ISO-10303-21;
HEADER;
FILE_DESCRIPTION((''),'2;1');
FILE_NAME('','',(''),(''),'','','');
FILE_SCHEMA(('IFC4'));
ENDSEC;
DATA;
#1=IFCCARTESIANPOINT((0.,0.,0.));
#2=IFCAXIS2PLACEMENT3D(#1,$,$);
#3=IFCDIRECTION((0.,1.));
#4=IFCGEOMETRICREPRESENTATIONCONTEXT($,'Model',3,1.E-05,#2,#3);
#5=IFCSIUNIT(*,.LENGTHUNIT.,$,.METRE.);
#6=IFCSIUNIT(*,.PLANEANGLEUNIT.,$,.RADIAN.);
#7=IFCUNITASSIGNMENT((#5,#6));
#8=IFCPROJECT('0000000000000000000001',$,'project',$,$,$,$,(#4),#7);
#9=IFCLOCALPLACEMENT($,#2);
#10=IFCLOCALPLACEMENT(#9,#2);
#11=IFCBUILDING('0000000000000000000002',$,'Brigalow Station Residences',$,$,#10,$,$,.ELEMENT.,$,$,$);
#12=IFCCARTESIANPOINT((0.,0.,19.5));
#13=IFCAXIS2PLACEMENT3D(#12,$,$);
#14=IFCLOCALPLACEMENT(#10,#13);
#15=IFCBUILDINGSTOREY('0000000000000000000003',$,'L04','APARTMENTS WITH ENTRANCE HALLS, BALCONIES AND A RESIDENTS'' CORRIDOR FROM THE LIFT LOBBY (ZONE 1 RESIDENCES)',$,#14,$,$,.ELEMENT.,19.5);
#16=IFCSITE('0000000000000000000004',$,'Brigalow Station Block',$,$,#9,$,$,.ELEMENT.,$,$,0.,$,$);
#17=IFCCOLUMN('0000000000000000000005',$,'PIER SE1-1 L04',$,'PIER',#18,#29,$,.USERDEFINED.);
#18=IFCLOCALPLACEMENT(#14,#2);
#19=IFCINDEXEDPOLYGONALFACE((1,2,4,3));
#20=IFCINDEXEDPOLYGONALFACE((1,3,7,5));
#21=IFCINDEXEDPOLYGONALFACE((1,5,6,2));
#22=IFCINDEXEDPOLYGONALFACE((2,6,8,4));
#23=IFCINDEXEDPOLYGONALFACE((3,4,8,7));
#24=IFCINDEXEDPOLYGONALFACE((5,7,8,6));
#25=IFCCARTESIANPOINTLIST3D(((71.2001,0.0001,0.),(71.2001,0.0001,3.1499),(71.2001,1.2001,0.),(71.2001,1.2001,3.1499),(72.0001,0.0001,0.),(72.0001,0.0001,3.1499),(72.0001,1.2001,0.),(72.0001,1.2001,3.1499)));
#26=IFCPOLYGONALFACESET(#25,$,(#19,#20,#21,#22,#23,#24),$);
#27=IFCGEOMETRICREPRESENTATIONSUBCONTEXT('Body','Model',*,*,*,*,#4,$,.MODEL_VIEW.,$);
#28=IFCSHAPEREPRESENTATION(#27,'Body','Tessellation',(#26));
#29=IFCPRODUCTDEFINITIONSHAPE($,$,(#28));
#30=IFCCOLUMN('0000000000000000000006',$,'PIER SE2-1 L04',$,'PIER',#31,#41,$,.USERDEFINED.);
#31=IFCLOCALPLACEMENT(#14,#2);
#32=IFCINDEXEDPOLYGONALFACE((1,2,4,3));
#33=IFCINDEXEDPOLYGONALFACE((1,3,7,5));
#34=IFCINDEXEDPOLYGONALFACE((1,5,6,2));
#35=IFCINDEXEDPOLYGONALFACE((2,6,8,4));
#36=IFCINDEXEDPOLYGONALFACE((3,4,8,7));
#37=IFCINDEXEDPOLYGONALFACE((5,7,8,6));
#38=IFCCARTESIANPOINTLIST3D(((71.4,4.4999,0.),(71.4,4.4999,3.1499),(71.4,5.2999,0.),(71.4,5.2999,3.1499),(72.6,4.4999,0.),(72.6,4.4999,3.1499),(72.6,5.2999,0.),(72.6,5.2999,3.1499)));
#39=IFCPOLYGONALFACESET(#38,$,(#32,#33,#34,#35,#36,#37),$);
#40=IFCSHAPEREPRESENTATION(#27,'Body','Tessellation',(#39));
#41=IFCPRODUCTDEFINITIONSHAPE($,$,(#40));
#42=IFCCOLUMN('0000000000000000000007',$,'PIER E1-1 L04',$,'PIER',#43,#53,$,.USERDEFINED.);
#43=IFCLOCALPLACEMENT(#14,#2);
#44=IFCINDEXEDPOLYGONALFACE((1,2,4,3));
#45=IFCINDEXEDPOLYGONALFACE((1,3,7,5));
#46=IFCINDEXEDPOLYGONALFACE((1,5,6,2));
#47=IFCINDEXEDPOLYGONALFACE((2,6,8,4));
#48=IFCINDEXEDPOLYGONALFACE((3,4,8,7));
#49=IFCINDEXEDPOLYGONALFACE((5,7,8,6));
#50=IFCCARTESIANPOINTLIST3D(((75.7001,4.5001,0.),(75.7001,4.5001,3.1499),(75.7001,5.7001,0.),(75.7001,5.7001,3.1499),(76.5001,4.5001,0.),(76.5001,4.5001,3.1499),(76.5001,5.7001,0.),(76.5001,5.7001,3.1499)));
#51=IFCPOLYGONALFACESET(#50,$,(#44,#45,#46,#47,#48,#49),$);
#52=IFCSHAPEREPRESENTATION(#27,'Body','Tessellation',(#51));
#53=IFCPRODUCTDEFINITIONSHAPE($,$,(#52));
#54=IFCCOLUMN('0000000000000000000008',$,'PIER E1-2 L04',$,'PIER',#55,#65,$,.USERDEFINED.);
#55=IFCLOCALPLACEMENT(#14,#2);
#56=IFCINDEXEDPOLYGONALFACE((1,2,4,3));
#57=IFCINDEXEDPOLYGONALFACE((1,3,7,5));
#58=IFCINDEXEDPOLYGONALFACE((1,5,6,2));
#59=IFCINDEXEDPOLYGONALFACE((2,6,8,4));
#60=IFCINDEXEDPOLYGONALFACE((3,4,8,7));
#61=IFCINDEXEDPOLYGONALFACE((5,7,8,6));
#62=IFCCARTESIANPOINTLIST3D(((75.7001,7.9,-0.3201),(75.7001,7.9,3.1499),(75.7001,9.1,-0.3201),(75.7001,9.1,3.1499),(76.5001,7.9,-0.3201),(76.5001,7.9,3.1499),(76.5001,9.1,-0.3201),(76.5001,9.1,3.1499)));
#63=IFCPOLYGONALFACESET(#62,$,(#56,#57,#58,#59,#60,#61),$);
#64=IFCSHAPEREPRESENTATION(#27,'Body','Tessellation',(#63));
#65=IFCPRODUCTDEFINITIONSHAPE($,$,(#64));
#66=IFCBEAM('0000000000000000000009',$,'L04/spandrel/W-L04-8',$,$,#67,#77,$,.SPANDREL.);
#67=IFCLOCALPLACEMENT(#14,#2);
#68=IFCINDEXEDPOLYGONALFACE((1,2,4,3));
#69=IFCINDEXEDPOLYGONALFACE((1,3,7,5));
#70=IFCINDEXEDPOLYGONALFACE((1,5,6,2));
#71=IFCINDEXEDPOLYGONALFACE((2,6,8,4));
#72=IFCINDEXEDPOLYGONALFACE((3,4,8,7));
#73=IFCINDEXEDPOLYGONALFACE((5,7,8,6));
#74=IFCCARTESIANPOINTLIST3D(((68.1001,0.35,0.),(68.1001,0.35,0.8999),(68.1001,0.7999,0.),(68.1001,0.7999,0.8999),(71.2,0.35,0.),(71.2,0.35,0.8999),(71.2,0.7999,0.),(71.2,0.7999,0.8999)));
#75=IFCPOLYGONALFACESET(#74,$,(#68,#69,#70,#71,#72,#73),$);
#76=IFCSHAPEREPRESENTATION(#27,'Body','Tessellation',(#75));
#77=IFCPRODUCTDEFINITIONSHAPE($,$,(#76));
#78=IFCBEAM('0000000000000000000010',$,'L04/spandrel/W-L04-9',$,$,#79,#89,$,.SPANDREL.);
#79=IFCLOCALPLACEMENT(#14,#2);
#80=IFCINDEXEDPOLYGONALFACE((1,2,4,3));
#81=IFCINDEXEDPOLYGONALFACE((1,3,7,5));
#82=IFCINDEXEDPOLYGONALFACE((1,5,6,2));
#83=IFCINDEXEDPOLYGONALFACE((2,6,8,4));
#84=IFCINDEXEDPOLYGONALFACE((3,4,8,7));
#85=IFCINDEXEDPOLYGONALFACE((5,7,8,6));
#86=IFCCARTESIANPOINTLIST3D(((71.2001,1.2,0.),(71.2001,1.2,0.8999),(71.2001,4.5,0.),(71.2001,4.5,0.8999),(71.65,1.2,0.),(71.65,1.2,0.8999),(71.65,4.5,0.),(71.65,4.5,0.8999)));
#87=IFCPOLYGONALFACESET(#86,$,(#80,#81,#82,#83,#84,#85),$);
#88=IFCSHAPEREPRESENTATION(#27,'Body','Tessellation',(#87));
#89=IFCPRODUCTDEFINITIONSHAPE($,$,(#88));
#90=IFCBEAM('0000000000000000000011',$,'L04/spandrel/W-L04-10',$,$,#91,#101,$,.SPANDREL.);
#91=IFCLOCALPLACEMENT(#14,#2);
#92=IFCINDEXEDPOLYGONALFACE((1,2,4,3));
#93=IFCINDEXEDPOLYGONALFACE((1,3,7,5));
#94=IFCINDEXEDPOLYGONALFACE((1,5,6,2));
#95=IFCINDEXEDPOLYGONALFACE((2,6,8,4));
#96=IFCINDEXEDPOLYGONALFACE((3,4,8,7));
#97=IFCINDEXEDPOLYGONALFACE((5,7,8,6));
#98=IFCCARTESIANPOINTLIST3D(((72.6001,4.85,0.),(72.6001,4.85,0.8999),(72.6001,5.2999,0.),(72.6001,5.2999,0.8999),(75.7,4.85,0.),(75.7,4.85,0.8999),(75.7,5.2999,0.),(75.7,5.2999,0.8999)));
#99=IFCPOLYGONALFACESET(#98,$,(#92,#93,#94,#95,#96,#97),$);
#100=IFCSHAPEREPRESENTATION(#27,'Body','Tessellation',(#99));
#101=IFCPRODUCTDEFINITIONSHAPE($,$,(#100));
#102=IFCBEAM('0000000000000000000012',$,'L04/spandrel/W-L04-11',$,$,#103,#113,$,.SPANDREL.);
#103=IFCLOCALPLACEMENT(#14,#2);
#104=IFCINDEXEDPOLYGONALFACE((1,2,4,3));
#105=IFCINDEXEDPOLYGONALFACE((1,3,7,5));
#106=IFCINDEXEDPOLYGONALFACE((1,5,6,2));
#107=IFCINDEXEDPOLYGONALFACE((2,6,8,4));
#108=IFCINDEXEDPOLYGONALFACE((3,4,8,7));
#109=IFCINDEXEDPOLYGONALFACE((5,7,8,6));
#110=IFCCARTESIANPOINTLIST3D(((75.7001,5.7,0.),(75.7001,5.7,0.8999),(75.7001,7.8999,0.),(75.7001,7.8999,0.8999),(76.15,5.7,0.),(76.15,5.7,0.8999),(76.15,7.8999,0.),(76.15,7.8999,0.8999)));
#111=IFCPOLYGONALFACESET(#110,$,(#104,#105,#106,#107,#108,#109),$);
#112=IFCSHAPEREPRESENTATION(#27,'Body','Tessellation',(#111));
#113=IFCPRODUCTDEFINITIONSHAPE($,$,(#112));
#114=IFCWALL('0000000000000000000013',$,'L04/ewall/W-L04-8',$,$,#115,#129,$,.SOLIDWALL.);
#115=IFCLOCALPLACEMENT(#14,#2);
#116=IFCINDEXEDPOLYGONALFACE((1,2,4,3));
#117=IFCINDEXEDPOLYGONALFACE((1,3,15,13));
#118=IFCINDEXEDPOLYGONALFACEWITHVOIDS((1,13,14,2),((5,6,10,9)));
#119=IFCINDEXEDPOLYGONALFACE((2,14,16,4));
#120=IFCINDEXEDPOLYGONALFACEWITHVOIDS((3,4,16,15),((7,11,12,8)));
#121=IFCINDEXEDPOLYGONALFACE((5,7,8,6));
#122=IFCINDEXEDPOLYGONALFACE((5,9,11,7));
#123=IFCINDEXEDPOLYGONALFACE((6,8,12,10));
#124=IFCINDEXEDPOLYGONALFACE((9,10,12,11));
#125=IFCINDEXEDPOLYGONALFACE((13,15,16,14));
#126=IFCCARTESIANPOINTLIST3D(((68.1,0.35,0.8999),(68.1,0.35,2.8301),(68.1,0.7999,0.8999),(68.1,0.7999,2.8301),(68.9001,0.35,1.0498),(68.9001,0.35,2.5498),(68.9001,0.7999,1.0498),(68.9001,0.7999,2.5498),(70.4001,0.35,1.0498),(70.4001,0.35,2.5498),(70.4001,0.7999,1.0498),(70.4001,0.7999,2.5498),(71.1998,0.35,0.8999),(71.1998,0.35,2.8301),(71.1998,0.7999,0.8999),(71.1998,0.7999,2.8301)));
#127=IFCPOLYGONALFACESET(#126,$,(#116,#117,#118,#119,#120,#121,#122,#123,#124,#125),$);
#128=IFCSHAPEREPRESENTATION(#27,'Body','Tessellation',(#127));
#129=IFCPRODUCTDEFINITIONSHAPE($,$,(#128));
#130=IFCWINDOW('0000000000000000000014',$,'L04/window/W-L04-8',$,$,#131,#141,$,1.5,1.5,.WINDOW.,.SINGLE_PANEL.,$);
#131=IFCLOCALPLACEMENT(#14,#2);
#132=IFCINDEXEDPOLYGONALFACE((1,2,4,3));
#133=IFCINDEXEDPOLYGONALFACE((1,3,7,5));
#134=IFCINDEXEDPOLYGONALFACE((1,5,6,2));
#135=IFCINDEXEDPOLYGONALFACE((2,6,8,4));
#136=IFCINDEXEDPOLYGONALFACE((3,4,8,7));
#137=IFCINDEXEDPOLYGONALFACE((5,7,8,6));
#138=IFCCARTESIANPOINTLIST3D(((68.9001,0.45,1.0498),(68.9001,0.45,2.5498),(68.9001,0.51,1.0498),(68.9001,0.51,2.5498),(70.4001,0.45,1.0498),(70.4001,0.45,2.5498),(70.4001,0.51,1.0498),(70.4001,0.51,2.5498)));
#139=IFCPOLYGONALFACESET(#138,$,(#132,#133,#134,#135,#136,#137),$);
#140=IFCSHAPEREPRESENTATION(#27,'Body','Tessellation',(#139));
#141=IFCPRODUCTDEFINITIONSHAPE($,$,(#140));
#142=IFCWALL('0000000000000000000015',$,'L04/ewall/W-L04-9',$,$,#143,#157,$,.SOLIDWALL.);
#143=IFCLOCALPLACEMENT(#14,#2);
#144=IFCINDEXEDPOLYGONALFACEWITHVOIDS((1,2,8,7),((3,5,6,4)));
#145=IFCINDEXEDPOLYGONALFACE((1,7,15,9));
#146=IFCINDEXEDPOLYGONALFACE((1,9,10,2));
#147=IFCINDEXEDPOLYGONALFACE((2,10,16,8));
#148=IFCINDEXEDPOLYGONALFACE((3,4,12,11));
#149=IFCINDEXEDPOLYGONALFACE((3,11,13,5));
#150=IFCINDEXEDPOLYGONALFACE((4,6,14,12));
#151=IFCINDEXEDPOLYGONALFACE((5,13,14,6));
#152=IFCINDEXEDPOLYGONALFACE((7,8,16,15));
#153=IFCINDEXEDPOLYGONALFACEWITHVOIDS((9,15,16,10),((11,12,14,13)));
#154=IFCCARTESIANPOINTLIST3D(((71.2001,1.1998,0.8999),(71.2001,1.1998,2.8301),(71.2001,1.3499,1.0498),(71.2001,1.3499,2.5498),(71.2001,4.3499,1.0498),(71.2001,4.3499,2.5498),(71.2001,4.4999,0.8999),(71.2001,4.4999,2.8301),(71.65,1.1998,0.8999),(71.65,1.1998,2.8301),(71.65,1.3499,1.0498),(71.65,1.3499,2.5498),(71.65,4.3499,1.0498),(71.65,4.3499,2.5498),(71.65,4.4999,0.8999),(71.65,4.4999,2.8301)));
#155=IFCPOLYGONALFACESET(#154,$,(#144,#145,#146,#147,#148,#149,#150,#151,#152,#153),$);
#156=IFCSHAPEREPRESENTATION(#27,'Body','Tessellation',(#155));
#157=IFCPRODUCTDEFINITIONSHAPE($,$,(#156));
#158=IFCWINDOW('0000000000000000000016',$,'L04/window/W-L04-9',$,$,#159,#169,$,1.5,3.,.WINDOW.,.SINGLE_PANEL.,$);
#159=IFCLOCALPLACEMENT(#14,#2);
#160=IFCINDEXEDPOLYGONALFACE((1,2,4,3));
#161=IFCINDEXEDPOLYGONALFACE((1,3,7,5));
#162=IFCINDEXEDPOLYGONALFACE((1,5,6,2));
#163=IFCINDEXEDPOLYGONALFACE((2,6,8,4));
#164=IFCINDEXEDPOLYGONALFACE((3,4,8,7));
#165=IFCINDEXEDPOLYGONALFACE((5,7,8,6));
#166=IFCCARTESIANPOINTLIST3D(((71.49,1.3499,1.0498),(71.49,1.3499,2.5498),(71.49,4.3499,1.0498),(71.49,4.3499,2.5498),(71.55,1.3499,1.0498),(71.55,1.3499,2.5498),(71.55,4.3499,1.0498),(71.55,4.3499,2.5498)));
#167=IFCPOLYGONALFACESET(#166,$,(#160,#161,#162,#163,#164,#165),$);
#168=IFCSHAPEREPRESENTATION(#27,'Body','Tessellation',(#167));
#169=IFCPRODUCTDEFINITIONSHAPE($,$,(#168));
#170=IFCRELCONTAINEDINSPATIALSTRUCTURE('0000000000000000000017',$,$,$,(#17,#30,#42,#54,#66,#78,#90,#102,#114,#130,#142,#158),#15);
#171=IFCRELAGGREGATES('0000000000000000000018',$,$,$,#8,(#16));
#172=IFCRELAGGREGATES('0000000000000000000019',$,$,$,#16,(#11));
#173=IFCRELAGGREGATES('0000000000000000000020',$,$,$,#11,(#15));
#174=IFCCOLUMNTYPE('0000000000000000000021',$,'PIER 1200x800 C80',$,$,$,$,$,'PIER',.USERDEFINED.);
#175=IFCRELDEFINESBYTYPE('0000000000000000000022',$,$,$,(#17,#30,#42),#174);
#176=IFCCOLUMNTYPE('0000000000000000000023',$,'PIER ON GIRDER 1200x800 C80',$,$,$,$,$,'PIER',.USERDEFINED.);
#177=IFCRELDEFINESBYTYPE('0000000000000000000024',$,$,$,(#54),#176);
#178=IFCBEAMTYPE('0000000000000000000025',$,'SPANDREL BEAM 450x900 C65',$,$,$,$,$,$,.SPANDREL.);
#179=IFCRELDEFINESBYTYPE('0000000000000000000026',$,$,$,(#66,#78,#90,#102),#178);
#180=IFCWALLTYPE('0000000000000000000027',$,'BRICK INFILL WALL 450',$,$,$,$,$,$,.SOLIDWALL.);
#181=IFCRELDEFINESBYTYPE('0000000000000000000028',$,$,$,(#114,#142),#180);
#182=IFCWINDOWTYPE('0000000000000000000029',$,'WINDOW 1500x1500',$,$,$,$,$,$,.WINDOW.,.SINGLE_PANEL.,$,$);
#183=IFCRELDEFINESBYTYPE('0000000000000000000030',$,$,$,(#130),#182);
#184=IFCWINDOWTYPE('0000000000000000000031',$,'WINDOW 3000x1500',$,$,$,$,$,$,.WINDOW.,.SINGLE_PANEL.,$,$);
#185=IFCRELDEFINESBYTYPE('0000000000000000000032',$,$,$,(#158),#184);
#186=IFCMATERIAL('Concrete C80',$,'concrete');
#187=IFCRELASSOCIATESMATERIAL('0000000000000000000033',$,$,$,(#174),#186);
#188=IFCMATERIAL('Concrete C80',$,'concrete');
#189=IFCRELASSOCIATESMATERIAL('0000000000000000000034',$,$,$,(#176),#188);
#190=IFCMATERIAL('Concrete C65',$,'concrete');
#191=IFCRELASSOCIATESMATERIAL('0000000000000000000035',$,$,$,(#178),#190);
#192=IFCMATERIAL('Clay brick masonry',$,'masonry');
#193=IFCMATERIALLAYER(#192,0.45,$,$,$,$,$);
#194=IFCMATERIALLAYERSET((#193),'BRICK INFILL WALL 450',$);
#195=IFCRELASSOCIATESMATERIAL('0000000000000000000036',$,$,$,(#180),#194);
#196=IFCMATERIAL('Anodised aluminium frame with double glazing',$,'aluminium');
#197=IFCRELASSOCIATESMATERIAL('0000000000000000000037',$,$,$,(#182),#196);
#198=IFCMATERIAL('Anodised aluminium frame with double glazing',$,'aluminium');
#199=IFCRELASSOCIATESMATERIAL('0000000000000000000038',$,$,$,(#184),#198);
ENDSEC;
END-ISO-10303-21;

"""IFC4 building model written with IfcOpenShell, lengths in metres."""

from ifc_helpers import new_model, si_unit, direction, frame, frame_2d, origin, origin_2d, place, context, subcontext, project, spatial, rectangle, extrude, material, layer, layer_set, material_profile, profile_set, type_object, element, fill, save


model = new_model("IFC4")

# Units and contexts
model_context = context("Model", 3, precision=1e-05, world=origin(), true_north=direction((0.0, 1.0)))
body_context = subcontext(model_context, "Body", "Model", "MODEL_VIEW")
ifc_project = project(units=[si_unit("LENGTHUNIT", "METRE"), si_unit("PLANEANGLEUNIT", "RADIAN")], contexts=[model_context])

# Site, building, storey
site_placement = place(None, origin())
site = spatial("IfcSite", under=ifc_project, at=site_placement, Name="Brigalow Station Block", CompositionType="ELEMENT", RefElevation=0.0)
building_placement = place(site_placement, origin())
building = spatial("IfcBuilding", under=site, at=building_placement, Name="Brigalow Station Residences", CompositionType="ELEMENT")
storey_placement = place(building_placement, frame((0.0, 0.0, 19.5)))
storey = spatial("IfcBuildingStorey", under=building, at=storey_placement, Name="L04", Description="APARTMENTS WITH ENTRANCE HALLS, BALCONIES AND A RESIDENTS' CORRIDOR FROM THE LIFT LOBBY (ZONE 1 RESIDENCES)", CompositionType="ELEMENT", Elevation=19.5)

# Columns
ifc_material_1 = material(Name="Concrete C80", Category="concrete")
ifc_material_profile_1 = material_profile(ifc_material_1, rectangle(XDim=1.2, YDim=0.8, at=origin_2d()), Name="RC1200x800")
ifc_profile_set_1 = profile_set([ifc_material_profile_1], Name="Concrete C80")
column_type_1 = type_object("IfcColumnType", Name="PIER 1200x800 C80", ElementType="PIER", PredefinedType="USERDEFINED", material=ifc_profile_set_1)
for number, where, z_axis, x_axis, name in (
    (1, (71.6001, 0.6001, 0.0), (0.0, 0.0, 1.0), (0.0, 1.0, 0.0), "PIER SE1-1 L04"),
    (2, (72.0, 4.8999, 0.0), (0.0, 0.0, 1.0), (1.0, 0.0, 0.0), "PIER SE2-1 L04"),
    (3, (76.1001, 5.1001, 0.0), (0.0, 0.0, 1.0), (0.0, 1.0, 0.0), "PIER E1-1 L04"),
):
    element("IfcColumn", number, at=place(storey_placement, frame(where, z_axis=z_axis, x_axis=x_axis)), inside=storey, type_object=column_type_1, Name=name, ObjectType="PIER", PredefinedType="USERDEFINED", context=body_context, shape_type="SweptSolid", body=[
        extrude(rectangle(XDim=1.2, YDim=0.8, at=origin_2d()), origin(), (0.0, 0.0, 1.0), 3.1499),
    ])
ifc_material_2 = material(Name="Concrete C80", Category="concrete")
ifc_material_profile_2 = material_profile(ifc_material_2, rectangle(XDim=1.2, YDim=0.8, at=origin_2d()), Name="RC1200x800")
ifc_profile_set_2 = profile_set([ifc_material_profile_2], Name="Concrete C80")
column_type_2 = type_object("IfcColumnType", Name="PIER ON GIRDER 1200x800 C80", ElementType="PIER", PredefinedType="USERDEFINED", material=ifc_profile_set_2)
column_placement = place(storey_placement, frame((76.1001, 8.5, -0.3201), z_axis=(0.0, 0.0, 1.0), x_axis=(0.0, 1.0, 0.0)))
element("IfcColumn", 4, at=column_placement, inside=storey, type_object=column_type_2, Name="PIER E1-2 L04", ObjectType="PIER", PredefinedType="USERDEFINED", context=body_context, shape_type="SweptSolid", body=[
    extrude(rectangle(XDim=1.2, YDim=0.8, at=origin_2d()), origin(), (0.0, 0.0, 1.0), 3.47),
])

# Beams
ifc_material_3 = material(Name="Concrete C65", Category="concrete")
ifc_material_profile_3 = material_profile(ifc_material_3, rectangle(XDim=0.45, YDim=0.8999, at=origin_2d()), Name="RC450x900")
ifc_profile_set_3 = profile_set([ifc_material_profile_3], Name="Concrete C65")
beam_type = type_object("IfcBeamType", Name="SPANDREL BEAM 450x900 C65", PredefinedType="SPANDREL", material=ifc_profile_set_3)
beam_1_placement = place(storey_placement, frame((68.1001, 0.575, 0.45), z_axis=(1.0, 0.0, 0.0), x_axis=(0.0, 1.0, 0.0)))
element("IfcBeam", 5, at=beam_1_placement, inside=storey, type_object=beam_type, Name="L04/spandrel/W-L04-8", PredefinedType="SPANDREL", context=body_context, shape_type="SweptSolid", body=[
    extrude(rectangle(XDim=0.45, YDim=0.8999, at=origin_2d()), origin(), (0.0, 0.0, 1.0), 3.0999),
])
beam_2_placement = place(storey_placement, frame((71.425, 1.2, 0.45), z_axis=(0.0, 1.0, 0.0), x_axis=(-1.0, 0.0, 0.0)))
element("IfcBeam", 6, at=beam_2_placement, inside=storey, type_object=beam_type, Name="L04/spandrel/W-L04-9", PredefinedType="SPANDREL", context=body_context, shape_type="SweptSolid", body=[
    extrude(rectangle(XDim=0.45, YDim=0.8999, at=origin_2d()), origin(), (0.0, 0.0, 1.0), 3.3),
])
beam_3_placement = place(storey_placement, frame((72.6001, 5.075, 0.45), z_axis=(1.0, 0.0, 0.0), x_axis=(0.0, 1.0, 0.0)))
element("IfcBeam", 7, at=beam_3_placement, inside=storey, type_object=beam_type, Name="L04/spandrel/W-L04-10", PredefinedType="SPANDREL", context=body_context, shape_type="SweptSolid", body=[
    extrude(rectangle(XDim=0.45, YDim=0.8999, at=origin_2d()), origin(), (0.0, 0.0, 1.0), 3.0999),
])
beam_4_placement = place(storey_placement, frame((75.925, 5.7, 0.45), z_axis=(0.0, 1.0, 0.0), x_axis=(-1.0, 0.0, 0.0)))
element("IfcBeam", 8, at=beam_4_placement, inside=storey, type_object=beam_type, Name="L04/spandrel/W-L04-11", PredefinedType="SPANDREL", context=body_context, shape_type="SweptSolid", body=[
    extrude(rectangle(XDim=0.45, YDim=0.8999, at=origin_2d()), origin(), (0.0, 0.0, 1.0), 2.2),
])

# Walls, openings, windows
ifc_material_4 = material(Name="Clay brick masonry", Category="masonry")
ifc_layer_1 = layer(ifc_material_4, 0.45)
ifc_layer_set_1 = layer_set([ifc_layer_1], Name="BRICK INFILL WALL 450")
wall_type_1 = type_object("IfcWallType", Name="BRICK INFILL WALL 450", PredefinedType="SOLIDWALL", material=ifc_layer_set_1)
wall_1_placement = place(storey_placement, frame((68.1001, 0.575, 0.8999), z_axis=(0.0, 0.0, 1.0), x_axis=(1.0, 0.0, 0.0)))
wall_1 = element("IfcWall", 9, at=wall_1_placement, inside=storey, type_object=wall_type_1, Name="L04/ewall/W-L04-8", PredefinedType="SOLIDWALL", context=body_context, shape_type="SweptSolid", body=[
    extrude(rectangle(XDim=3.0999, YDim=0.45, at=frame_2d((1.5498, 0.0))), origin(), (0.0, 0.0, 1.0), 1.9302),
])
opening_1_placement = place(wall_1_placement, frame((0.8, 0.0, 0.1499)))
opening_1 = element("IfcOpeningElement", 10, at=opening_1_placement, cuts=wall_1, PredefinedType="OPENING", context=body_context, shape_type="SweptSolid", body=[
    extrude(rectangle(XDim=1.5, YDim=1.5, at=frame_2d((0.75, 0.75))), frame((0.0, 0.2349, 0.0), z_axis=(0.0, -1.0, 0.0), x_axis=(1.0, 0.0, 0.0)), (0.0, 0.0, 1.0), 0.47),
])
ifc_material_5 = material(Name="Anodised aluminium frame with double glazing", Category="aluminium")
window_type_1 = type_object("IfcWindowType", Name="WINDOW 1500x1500", PartitioningType="SINGLE_PANEL", PredefinedType="WINDOW", material=ifc_material_5)
window_1_placement = place(opening_1_placement, origin())
window_1 = element("IfcWindow", 11, at=window_1_placement, inside=storey, type_object=window_type_1, Name="L04/window/W-L04-8", OverallHeight=1.5, OverallWidth=1.5, PartitioningType="SINGLE_PANEL", PredefinedType="WINDOW", context=body_context, shape_type="SweptSolid", body=[
    extrude(rectangle(XDim=1.5, YDim=1.5, at=frame_2d((0.75, 0.75))), frame((0.0, -0.0649, 0.0), z_axis=(0.0, -1.0, 0.0), x_axis=(1.0, 0.0, 0.0)), (0.0, 0.0, 1.0), 0.0601),
])
fill(opening_1, window_1)
wall_2_placement = place(storey_placement, frame((71.425, 1.2, 0.8999), z_axis=(0.0, 0.0, 1.0), x_axis=(0.0, 1.0, 0.0)))
wall_2 = element("IfcWall", 12, at=wall_2_placement, inside=storey, type_object=wall_type_1, Name="L04/ewall/W-L04-9", PredefinedType="SOLIDWALL", context=body_context, shape_type="SweptSolid", body=[
    extrude(rectangle(XDim=3.3, YDim=0.45, at=frame_2d((1.6499, 0.0))), origin(), (0.0, 0.0, 1.0), 1.9302),
])
opening_2_placement = place(wall_2_placement, frame((0.1499, 0.0, 0.1499)))
opening_2 = element("IfcOpeningElement", 13, at=opening_2_placement, cuts=wall_2, PredefinedType="OPENING", context=body_context, shape_type="SweptSolid", body=[
    extrude(rectangle(XDim=3.0, YDim=1.5, at=frame_2d((1.5, 0.75))), frame((0.0, 0.2349, 0.0), z_axis=(0.0, -1.0, 0.0), x_axis=(1.0, 0.0, 0.0)), (0.0, 0.0, 1.0), 0.47),
])
ifc_material_6 = material(Name="Anodised aluminium frame with double glazing", Category="aluminium")
window_type_2 = type_object("IfcWindowType", Name="WINDOW 3000x1500", PartitioningType="SINGLE_PANEL", PredefinedType="WINDOW", material=ifc_material_6)
window_2_placement = place(opening_2_placement, origin())
window_2 = element("IfcWindow", 14, at=window_2_placement, inside=storey, type_object=window_type_2, Name="L04/window/W-L04-9", OverallHeight=1.5, OverallWidth=3.0, PartitioningType="SINGLE_PANEL", PredefinedType="WINDOW", context=body_context, shape_type="SweptSolid", body=[
    extrude(rectangle(XDim=3.0, YDim=1.5, at=frame_2d((1.5, 0.75))), frame((0.0, -0.0649, 0.0), z_axis=(0.0, -1.0, 0.0), x_axis=(1.0, 0.0, 0.0)), (0.0, 0.0, 1.0), 0.0601),
])
fill(opening_2, window_2)

save(model, "model.ifc")
